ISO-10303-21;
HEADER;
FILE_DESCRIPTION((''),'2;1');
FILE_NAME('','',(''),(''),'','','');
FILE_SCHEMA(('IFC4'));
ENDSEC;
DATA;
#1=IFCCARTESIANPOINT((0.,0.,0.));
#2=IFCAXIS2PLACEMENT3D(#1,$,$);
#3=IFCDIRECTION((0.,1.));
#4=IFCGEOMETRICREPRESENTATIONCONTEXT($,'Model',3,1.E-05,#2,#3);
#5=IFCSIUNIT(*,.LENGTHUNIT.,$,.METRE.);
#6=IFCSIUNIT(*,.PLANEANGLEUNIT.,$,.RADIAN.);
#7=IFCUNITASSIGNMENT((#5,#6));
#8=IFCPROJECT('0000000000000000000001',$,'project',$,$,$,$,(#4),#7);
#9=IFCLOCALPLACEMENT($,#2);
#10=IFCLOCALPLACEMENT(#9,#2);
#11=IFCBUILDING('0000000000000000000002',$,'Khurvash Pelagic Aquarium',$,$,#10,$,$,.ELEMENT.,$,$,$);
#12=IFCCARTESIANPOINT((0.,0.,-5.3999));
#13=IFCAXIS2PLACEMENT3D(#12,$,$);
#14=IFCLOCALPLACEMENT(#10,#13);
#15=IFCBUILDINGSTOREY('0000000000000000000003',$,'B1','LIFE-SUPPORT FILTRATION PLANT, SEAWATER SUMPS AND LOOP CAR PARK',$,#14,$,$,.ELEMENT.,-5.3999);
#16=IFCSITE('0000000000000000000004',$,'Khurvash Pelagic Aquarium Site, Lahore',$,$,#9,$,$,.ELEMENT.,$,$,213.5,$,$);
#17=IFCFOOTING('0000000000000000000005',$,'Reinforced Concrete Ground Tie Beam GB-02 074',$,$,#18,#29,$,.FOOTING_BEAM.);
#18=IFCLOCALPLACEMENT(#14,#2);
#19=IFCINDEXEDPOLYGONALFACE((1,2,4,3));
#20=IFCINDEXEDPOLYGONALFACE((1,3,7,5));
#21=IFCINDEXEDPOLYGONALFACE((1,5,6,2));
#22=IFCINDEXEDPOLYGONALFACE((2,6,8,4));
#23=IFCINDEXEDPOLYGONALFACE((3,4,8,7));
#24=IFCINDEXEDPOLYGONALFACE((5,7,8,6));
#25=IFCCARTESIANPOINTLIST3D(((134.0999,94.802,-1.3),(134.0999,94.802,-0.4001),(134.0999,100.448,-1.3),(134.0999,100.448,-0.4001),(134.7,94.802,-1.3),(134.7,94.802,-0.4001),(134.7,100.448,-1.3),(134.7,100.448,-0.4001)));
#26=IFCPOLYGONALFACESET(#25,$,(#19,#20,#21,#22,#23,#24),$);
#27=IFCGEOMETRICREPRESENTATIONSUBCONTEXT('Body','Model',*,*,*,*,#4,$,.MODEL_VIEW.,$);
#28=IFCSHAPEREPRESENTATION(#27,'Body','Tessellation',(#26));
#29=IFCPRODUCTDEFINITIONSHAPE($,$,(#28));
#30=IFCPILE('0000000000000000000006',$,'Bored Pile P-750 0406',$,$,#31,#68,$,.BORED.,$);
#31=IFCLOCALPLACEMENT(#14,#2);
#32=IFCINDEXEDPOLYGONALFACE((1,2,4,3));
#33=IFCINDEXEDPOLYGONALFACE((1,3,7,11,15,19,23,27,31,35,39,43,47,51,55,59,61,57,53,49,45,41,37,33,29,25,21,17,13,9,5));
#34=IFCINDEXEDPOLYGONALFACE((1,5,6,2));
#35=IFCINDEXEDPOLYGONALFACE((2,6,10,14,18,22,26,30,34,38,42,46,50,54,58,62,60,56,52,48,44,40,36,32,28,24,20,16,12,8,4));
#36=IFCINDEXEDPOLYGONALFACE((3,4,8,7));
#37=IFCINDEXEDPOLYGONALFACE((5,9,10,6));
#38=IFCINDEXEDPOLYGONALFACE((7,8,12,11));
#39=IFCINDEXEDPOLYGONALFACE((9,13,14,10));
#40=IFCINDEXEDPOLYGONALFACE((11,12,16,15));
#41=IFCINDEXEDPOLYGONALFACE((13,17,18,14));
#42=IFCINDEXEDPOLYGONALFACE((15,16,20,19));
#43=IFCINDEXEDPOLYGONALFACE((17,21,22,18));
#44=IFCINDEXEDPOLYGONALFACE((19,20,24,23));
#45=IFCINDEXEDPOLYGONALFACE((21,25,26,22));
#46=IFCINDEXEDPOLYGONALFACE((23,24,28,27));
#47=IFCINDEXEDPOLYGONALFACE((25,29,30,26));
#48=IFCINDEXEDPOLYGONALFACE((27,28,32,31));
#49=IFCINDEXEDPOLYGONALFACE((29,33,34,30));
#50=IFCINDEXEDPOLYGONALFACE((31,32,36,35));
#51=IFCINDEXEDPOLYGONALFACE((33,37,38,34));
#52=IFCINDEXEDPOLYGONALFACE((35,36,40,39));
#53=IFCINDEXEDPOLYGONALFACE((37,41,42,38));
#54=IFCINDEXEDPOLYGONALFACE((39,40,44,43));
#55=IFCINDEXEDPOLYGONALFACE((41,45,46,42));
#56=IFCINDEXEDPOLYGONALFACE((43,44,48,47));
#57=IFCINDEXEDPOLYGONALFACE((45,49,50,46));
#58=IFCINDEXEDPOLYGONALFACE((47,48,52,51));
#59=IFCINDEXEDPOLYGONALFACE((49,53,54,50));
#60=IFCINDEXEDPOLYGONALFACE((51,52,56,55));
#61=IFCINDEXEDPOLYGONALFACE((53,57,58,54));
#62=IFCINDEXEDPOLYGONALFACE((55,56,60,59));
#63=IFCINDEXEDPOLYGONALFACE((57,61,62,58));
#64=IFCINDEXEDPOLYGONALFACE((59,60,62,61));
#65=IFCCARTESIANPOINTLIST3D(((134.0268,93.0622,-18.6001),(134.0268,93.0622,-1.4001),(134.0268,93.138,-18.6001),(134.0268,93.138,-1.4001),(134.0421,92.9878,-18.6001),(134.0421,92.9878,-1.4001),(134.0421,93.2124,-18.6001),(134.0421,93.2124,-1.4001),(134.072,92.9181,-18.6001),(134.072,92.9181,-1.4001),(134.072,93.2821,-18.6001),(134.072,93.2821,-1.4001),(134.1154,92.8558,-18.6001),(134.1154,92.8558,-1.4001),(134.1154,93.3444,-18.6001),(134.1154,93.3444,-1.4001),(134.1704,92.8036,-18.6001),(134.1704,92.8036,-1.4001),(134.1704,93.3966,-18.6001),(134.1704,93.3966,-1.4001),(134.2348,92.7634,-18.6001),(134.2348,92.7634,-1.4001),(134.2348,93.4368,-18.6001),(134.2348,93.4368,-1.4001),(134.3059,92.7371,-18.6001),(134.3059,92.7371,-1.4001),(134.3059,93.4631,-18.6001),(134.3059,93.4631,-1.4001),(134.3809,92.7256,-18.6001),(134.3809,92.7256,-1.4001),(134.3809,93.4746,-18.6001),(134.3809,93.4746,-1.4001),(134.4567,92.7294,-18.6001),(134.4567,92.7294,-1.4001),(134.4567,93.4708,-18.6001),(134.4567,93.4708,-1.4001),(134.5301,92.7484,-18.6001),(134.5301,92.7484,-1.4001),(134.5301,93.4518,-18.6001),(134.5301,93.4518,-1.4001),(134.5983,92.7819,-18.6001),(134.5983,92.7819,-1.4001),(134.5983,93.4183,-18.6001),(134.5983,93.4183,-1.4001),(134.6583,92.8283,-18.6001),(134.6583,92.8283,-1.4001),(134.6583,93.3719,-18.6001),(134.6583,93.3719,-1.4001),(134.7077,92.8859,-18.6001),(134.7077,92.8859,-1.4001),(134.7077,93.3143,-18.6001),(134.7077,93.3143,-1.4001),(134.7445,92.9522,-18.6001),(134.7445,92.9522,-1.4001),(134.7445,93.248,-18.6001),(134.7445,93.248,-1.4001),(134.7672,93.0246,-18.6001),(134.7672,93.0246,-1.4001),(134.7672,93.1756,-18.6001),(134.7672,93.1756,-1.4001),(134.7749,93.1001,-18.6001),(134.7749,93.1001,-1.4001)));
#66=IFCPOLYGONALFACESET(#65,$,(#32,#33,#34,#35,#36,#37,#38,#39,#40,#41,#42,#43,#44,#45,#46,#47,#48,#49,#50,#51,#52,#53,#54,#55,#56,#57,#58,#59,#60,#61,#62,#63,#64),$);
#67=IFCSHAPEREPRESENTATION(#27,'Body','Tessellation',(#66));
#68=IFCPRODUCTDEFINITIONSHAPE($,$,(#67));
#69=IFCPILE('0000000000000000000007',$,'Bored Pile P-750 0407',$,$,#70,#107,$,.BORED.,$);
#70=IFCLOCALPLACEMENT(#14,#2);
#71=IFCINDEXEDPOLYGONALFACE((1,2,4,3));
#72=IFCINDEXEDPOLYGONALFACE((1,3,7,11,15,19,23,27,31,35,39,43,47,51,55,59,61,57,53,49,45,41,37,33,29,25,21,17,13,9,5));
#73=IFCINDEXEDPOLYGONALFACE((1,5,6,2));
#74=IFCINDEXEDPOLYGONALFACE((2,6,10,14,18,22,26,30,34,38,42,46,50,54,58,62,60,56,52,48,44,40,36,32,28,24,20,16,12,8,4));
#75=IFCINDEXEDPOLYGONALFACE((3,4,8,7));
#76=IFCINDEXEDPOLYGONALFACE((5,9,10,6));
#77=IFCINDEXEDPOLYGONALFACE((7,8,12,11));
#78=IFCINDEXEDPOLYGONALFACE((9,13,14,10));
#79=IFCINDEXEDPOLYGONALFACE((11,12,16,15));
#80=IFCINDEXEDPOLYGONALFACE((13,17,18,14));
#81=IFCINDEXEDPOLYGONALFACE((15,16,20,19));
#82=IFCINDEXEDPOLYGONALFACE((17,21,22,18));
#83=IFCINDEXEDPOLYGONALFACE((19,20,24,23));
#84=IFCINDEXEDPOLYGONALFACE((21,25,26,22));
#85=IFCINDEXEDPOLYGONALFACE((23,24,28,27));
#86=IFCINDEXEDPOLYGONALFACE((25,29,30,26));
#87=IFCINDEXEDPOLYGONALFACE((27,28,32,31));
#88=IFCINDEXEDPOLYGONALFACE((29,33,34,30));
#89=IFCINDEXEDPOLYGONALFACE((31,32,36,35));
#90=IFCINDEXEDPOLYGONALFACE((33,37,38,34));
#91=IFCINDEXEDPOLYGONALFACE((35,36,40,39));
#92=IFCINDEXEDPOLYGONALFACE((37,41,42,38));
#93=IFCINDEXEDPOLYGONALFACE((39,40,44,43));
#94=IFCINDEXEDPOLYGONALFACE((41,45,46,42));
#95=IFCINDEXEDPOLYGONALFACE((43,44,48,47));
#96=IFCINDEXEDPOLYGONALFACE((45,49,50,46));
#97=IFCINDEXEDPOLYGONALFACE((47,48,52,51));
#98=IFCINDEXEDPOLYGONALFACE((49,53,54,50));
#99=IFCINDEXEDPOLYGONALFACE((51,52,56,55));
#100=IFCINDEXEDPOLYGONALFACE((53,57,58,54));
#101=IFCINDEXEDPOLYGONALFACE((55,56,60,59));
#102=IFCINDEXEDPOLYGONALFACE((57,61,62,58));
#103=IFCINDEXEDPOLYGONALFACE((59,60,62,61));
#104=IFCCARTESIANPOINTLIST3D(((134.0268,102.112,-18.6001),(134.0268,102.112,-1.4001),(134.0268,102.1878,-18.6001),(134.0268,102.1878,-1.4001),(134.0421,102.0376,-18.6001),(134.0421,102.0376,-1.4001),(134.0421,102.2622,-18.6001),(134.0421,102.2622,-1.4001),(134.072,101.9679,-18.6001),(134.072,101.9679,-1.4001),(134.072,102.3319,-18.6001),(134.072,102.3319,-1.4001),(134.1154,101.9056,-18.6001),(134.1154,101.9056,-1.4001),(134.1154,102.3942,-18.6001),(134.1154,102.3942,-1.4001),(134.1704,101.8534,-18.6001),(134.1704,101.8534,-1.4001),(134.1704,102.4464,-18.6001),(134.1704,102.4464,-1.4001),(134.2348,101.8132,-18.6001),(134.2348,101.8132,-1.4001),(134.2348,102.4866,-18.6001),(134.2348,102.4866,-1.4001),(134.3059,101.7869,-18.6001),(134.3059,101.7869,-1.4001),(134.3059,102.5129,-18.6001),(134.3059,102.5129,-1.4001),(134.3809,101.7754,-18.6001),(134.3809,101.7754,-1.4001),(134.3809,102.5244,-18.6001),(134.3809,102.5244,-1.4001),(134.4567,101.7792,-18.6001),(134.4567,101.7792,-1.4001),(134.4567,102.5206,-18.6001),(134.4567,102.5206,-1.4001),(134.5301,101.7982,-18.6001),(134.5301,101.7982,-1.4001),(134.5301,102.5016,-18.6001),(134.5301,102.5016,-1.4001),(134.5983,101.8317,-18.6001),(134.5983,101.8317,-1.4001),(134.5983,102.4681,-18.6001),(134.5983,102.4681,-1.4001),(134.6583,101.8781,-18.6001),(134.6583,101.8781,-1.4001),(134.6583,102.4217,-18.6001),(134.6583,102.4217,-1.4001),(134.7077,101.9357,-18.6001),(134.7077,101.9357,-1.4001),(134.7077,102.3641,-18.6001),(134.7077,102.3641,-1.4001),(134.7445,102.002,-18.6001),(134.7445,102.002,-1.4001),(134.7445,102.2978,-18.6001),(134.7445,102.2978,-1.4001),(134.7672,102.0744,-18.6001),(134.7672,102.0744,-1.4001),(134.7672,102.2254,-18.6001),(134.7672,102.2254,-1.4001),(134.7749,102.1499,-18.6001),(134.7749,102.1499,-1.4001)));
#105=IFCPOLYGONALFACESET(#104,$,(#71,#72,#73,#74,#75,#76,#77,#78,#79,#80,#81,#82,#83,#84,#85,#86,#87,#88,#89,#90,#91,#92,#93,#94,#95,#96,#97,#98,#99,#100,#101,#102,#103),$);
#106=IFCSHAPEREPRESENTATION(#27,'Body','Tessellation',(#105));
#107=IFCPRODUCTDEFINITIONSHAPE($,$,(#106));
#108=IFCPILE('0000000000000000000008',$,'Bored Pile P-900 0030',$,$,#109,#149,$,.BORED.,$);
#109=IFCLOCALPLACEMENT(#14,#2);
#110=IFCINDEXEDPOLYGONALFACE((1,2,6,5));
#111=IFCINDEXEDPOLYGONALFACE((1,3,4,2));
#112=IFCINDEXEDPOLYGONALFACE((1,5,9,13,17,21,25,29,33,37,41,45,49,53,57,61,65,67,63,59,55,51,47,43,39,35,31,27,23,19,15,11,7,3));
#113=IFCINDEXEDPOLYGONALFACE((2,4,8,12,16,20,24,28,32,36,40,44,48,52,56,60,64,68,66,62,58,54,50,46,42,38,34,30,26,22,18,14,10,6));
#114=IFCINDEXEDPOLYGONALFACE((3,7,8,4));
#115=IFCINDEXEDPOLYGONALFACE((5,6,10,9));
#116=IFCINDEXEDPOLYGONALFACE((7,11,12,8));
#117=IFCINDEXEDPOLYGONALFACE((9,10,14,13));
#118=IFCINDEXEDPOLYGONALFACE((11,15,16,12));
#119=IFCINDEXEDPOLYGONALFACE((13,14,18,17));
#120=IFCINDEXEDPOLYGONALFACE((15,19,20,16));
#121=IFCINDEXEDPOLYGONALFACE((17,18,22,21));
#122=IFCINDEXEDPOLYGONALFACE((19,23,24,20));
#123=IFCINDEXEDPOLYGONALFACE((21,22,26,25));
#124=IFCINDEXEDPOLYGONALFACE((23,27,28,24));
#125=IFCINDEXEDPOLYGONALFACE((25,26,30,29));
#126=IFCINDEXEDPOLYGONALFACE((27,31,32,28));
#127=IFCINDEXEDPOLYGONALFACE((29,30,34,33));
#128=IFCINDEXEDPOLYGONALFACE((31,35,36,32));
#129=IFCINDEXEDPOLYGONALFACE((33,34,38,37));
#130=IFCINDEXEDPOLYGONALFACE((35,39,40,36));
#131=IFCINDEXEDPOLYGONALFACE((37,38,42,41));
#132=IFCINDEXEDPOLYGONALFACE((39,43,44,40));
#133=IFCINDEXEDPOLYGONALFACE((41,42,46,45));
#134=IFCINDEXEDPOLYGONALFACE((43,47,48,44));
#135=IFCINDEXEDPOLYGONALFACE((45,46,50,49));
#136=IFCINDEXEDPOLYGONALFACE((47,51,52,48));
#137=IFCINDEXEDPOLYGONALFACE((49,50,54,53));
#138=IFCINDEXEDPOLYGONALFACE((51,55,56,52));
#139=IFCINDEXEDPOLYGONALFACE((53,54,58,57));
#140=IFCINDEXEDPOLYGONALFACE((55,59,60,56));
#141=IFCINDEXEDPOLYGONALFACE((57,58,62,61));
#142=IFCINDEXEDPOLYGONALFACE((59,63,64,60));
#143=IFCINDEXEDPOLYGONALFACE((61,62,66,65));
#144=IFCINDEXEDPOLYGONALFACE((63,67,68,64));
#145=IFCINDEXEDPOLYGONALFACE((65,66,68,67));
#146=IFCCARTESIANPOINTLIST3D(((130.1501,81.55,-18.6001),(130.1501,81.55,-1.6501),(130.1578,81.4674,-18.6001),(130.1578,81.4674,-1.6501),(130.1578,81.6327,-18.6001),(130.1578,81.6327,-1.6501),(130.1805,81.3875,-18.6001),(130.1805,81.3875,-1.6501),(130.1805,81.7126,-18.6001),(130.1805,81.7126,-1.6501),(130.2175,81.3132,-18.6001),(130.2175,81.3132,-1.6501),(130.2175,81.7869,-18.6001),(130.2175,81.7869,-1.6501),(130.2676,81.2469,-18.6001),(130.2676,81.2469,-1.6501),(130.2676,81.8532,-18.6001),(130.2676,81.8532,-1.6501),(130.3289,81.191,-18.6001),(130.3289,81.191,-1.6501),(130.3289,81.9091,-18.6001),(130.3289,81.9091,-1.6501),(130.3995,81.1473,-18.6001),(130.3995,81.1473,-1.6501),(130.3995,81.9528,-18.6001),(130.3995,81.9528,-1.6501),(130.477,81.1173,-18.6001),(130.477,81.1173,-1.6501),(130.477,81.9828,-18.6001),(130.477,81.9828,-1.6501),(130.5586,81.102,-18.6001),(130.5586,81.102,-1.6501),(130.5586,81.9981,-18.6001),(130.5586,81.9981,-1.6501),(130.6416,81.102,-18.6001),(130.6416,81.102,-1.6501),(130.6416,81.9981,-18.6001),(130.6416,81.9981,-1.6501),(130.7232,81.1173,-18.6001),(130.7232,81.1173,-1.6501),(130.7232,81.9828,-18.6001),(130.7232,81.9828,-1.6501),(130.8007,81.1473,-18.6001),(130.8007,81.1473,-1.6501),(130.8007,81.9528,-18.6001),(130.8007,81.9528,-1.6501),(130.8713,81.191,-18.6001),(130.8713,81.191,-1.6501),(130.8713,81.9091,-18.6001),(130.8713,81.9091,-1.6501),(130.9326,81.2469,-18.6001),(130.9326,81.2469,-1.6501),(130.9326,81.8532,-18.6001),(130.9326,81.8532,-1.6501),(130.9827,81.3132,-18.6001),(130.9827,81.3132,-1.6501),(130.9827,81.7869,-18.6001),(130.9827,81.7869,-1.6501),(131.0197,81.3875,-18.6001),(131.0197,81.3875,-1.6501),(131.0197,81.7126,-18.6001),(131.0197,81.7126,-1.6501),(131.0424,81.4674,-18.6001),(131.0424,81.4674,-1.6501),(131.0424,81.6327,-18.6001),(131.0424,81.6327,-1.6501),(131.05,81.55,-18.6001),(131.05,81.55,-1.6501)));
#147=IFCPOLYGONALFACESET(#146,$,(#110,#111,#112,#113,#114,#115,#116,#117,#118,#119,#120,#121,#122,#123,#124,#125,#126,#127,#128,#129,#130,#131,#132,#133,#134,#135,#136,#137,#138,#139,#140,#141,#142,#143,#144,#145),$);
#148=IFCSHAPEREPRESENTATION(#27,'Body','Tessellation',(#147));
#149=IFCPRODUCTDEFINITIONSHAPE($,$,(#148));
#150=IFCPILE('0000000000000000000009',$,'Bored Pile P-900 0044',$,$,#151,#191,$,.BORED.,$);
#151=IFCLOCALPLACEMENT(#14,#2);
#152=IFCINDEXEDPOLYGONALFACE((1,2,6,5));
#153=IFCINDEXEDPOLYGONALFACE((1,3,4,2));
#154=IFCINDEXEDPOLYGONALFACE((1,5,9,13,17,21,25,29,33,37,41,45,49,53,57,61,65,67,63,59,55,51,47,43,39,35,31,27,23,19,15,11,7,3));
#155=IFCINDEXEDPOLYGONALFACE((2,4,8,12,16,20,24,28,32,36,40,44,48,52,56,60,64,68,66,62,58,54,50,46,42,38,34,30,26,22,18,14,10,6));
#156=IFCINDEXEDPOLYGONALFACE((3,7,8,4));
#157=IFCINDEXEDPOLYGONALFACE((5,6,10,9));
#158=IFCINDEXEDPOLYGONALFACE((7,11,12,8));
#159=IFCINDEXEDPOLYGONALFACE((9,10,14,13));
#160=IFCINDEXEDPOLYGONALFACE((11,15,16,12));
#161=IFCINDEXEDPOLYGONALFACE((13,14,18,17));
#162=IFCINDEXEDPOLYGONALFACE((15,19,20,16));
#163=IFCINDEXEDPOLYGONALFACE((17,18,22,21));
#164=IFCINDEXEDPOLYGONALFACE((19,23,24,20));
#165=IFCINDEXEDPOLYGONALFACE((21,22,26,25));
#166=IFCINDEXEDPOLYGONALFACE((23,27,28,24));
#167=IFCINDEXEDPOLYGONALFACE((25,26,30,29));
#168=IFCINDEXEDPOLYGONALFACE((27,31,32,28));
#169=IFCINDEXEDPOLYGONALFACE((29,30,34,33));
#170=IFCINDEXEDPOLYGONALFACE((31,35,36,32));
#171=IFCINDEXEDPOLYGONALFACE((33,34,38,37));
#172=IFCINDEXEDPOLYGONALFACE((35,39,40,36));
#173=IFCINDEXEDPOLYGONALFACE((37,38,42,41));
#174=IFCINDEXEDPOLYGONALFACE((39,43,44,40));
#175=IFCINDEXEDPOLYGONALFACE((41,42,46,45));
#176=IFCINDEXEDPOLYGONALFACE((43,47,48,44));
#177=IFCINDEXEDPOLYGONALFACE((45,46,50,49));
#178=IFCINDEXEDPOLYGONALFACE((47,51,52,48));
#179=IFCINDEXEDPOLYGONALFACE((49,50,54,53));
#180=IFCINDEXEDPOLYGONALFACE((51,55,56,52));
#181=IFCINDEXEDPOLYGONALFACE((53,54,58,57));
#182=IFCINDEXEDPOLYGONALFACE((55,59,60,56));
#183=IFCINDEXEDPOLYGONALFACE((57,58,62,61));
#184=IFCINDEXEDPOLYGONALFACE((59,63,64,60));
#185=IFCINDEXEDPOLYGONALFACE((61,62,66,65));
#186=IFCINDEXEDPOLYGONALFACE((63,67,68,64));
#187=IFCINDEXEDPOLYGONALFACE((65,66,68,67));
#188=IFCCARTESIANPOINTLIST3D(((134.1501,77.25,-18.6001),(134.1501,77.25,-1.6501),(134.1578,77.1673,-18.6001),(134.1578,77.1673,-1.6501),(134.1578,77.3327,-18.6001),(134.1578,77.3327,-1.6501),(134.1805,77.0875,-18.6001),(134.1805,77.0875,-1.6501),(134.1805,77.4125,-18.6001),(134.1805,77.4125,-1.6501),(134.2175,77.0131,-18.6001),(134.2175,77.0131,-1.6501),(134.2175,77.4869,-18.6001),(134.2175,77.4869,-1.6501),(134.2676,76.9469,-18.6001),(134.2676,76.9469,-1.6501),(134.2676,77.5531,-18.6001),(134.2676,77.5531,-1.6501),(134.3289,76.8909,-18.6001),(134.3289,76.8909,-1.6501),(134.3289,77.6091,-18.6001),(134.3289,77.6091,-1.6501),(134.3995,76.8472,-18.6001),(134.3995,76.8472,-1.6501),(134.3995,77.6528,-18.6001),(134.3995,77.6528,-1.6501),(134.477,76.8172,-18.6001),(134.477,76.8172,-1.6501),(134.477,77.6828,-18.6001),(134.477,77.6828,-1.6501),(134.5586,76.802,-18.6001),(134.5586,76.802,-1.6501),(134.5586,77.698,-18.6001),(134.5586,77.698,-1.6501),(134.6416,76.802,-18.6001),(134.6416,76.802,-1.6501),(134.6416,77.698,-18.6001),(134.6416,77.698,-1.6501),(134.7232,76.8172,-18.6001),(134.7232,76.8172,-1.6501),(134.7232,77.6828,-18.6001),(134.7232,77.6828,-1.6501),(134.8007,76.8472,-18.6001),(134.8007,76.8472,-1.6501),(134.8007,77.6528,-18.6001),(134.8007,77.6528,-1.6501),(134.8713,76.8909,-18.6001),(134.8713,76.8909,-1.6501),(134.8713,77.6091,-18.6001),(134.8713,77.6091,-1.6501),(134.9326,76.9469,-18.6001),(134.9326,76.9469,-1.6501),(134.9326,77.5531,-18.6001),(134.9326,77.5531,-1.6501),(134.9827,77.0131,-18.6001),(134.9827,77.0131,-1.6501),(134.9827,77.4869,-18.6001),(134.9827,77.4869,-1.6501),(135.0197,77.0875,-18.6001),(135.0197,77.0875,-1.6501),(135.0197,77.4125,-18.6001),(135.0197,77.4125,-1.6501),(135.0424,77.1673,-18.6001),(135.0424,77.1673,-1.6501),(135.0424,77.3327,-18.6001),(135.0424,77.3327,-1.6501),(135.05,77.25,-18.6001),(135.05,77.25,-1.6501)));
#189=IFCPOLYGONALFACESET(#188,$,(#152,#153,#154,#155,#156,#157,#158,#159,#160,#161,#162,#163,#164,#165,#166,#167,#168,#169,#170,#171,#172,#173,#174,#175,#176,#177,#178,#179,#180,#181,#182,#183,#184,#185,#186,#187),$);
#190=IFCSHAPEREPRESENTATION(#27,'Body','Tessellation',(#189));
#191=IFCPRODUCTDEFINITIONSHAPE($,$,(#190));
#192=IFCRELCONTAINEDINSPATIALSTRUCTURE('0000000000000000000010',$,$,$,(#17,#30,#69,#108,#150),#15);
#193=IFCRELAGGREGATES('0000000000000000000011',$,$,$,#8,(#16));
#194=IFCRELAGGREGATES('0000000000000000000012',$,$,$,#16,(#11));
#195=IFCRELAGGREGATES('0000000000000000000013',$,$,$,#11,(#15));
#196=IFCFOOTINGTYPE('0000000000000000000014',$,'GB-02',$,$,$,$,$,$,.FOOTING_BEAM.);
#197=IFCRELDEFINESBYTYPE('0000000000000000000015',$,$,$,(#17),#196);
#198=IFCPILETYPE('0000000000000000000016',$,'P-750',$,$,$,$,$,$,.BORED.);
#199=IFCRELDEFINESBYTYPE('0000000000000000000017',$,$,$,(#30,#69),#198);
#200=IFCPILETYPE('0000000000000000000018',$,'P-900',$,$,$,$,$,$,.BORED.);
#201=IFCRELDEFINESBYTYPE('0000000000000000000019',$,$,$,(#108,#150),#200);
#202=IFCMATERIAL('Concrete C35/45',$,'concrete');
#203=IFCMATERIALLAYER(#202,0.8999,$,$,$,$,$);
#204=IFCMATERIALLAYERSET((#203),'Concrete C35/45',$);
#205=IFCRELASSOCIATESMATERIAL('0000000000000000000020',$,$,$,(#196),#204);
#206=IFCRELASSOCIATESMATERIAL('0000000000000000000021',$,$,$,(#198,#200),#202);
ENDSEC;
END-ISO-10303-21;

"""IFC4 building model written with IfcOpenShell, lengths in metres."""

from ifc_helpers import new_model, si_unit, direction, frame, origin, origin_2d, place, context, subcontext, project, spatial, rectangle, circle, extrude, material, layer, layer_set, material_profile, profile_set, type_object, element, save


model = new_model("IFC4")

# Units and contexts
model_context = context("Model", 3, precision=1e-05, world=origin(), true_north=direction((0.0, 1.0)))
body_context = subcontext(model_context, "Body", "Model", "MODEL_VIEW")
ifc_project = project(units=[si_unit("LENGTHUNIT", "METRE"), si_unit("PLANEANGLEUNIT", "RADIAN")], contexts=[model_context])

# Site, building, storey
site_placement = place(None, origin())
site = spatial("IfcSite", under=ifc_project, at=site_placement, Name="Khurvash Pelagic Aquarium Site, Lahore", CompositionType="ELEMENT", RefElevation=213.5)
building_placement = place(site_placement, origin())
building = spatial("IfcBuilding", under=site, at=building_placement, Name="Khurvash Pelagic Aquarium", CompositionType="ELEMENT")
storey_placement = place(building_placement, frame((0.0, 0.0, -5.3999)))
storey = spatial("IfcBuildingStorey", under=building, at=storey_placement, Name="B1", Description="LIFE-SUPPORT FILTRATION PLANT, SEAWATER SUMPS AND LOOP CAR PARK", CompositionType="ELEMENT", Elevation=-5.3999)

# Footing
ifc_material_1 = material(Name="Concrete C35/45", Category="concrete")
ifc_layer_1 = layer(ifc_material_1, 0.8999)
ifc_layer_set_1 = layer_set([ifc_layer_1], Name="Concrete C35/45")
footing_type_1 = type_object("IfcFootingType", Name="GB-02", PredefinedType="FOOTING_BEAM", material=ifc_layer_set_1)
footing_placement = place(storey_placement, frame((134.3999, 97.625, -1.3), z_axis=(0.0, 0.0, 1.0), x_axis=(0.0, 1.0, 0.0)))
element("IfcFooting", 1, at=footing_placement, inside=storey, type_object=footing_type_1, Name="Reinforced Concrete Ground Tie Beam GB-02 074", PredefinedType="FOOTING_BEAM", context=body_context, shape_type="SweptSolid", body=[
    extrude(rectangle(XDim=5.646, YDim=0.6001, at=origin_2d()), origin(), (0.0, 0.0, 1.0), 0.8999),
])

# Piles
ifc_material_profile_1 = material_profile(ifc_material_1, circle(Radius=0.375, at=origin_2d()), Name="PILE750")
ifc_profile_set_1 = profile_set([ifc_material_profile_1], Name="Concrete C35/45")
pile_type_1 = type_object("IfcPileType", Name="P-750", PredefinedType="BORED", material=ifc_profile_set_1)
for number, where, z_axis, x_axis, name in (
    (2, (134.3999, 93.1001, -1.4001), (0.0, 0.0, -1.0), (1.0, 0.0, 0.0), "Bored Pile P-750 0406"),
    (3, (134.3999, 102.1499, -1.4001), (0.0, 0.0, -1.0), (1.0, 0.0, 0.0), "Bored Pile P-750 0407"),
):
    element("IfcPile", number, at=place(storey_placement, frame(where, z_axis=z_axis, x_axis=x_axis)), inside=storey, type_object=pile_type_1, Name=name, PredefinedType="BORED", context=body_context, shape_type="SweptSolid", body=[
        extrude(circle(Radius=0.375, at=origin_2d()), origin(), (0.0, 0.0, 1.0), 17.2),
    ])
ifc_material_profile_2 = material_profile(ifc_material_1, circle(Radius=0.45, at=origin_2d()), Name="PILE900")
ifc_profile_set_2 = profile_set([ifc_material_profile_2], Name="Concrete C35/45")
pile_type_2 = type_object("IfcPileType", Name="P-900", PredefinedType="BORED", material=ifc_profile_set_2)
for number, where, z_axis, x_axis, name in (
    (4, (130.6001, 81.55, -1.6501), (0.0, 0.0, -1.0), (1.0, 0.0, 0.0), "Bored Pile P-900 0030"),
    (5, (134.6001, 77.25, -1.6501), (0.0, 0.0, -1.0), (1.0, 0.0, 0.0), "Bored Pile P-900 0044"),
):
    element("IfcPile", number, at=place(storey_placement, frame(where, z_axis=z_axis, x_axis=x_axis)), inside=storey, type_object=pile_type_2, Name=name, PredefinedType="BORED", context=body_context, shape_type="SweptSolid", body=[
        extrude(circle(Radius=0.45, at=origin_2d()), origin(), (0.0, 0.0, 1.0), 16.95),
    ])

save(model, "model.ifc")
